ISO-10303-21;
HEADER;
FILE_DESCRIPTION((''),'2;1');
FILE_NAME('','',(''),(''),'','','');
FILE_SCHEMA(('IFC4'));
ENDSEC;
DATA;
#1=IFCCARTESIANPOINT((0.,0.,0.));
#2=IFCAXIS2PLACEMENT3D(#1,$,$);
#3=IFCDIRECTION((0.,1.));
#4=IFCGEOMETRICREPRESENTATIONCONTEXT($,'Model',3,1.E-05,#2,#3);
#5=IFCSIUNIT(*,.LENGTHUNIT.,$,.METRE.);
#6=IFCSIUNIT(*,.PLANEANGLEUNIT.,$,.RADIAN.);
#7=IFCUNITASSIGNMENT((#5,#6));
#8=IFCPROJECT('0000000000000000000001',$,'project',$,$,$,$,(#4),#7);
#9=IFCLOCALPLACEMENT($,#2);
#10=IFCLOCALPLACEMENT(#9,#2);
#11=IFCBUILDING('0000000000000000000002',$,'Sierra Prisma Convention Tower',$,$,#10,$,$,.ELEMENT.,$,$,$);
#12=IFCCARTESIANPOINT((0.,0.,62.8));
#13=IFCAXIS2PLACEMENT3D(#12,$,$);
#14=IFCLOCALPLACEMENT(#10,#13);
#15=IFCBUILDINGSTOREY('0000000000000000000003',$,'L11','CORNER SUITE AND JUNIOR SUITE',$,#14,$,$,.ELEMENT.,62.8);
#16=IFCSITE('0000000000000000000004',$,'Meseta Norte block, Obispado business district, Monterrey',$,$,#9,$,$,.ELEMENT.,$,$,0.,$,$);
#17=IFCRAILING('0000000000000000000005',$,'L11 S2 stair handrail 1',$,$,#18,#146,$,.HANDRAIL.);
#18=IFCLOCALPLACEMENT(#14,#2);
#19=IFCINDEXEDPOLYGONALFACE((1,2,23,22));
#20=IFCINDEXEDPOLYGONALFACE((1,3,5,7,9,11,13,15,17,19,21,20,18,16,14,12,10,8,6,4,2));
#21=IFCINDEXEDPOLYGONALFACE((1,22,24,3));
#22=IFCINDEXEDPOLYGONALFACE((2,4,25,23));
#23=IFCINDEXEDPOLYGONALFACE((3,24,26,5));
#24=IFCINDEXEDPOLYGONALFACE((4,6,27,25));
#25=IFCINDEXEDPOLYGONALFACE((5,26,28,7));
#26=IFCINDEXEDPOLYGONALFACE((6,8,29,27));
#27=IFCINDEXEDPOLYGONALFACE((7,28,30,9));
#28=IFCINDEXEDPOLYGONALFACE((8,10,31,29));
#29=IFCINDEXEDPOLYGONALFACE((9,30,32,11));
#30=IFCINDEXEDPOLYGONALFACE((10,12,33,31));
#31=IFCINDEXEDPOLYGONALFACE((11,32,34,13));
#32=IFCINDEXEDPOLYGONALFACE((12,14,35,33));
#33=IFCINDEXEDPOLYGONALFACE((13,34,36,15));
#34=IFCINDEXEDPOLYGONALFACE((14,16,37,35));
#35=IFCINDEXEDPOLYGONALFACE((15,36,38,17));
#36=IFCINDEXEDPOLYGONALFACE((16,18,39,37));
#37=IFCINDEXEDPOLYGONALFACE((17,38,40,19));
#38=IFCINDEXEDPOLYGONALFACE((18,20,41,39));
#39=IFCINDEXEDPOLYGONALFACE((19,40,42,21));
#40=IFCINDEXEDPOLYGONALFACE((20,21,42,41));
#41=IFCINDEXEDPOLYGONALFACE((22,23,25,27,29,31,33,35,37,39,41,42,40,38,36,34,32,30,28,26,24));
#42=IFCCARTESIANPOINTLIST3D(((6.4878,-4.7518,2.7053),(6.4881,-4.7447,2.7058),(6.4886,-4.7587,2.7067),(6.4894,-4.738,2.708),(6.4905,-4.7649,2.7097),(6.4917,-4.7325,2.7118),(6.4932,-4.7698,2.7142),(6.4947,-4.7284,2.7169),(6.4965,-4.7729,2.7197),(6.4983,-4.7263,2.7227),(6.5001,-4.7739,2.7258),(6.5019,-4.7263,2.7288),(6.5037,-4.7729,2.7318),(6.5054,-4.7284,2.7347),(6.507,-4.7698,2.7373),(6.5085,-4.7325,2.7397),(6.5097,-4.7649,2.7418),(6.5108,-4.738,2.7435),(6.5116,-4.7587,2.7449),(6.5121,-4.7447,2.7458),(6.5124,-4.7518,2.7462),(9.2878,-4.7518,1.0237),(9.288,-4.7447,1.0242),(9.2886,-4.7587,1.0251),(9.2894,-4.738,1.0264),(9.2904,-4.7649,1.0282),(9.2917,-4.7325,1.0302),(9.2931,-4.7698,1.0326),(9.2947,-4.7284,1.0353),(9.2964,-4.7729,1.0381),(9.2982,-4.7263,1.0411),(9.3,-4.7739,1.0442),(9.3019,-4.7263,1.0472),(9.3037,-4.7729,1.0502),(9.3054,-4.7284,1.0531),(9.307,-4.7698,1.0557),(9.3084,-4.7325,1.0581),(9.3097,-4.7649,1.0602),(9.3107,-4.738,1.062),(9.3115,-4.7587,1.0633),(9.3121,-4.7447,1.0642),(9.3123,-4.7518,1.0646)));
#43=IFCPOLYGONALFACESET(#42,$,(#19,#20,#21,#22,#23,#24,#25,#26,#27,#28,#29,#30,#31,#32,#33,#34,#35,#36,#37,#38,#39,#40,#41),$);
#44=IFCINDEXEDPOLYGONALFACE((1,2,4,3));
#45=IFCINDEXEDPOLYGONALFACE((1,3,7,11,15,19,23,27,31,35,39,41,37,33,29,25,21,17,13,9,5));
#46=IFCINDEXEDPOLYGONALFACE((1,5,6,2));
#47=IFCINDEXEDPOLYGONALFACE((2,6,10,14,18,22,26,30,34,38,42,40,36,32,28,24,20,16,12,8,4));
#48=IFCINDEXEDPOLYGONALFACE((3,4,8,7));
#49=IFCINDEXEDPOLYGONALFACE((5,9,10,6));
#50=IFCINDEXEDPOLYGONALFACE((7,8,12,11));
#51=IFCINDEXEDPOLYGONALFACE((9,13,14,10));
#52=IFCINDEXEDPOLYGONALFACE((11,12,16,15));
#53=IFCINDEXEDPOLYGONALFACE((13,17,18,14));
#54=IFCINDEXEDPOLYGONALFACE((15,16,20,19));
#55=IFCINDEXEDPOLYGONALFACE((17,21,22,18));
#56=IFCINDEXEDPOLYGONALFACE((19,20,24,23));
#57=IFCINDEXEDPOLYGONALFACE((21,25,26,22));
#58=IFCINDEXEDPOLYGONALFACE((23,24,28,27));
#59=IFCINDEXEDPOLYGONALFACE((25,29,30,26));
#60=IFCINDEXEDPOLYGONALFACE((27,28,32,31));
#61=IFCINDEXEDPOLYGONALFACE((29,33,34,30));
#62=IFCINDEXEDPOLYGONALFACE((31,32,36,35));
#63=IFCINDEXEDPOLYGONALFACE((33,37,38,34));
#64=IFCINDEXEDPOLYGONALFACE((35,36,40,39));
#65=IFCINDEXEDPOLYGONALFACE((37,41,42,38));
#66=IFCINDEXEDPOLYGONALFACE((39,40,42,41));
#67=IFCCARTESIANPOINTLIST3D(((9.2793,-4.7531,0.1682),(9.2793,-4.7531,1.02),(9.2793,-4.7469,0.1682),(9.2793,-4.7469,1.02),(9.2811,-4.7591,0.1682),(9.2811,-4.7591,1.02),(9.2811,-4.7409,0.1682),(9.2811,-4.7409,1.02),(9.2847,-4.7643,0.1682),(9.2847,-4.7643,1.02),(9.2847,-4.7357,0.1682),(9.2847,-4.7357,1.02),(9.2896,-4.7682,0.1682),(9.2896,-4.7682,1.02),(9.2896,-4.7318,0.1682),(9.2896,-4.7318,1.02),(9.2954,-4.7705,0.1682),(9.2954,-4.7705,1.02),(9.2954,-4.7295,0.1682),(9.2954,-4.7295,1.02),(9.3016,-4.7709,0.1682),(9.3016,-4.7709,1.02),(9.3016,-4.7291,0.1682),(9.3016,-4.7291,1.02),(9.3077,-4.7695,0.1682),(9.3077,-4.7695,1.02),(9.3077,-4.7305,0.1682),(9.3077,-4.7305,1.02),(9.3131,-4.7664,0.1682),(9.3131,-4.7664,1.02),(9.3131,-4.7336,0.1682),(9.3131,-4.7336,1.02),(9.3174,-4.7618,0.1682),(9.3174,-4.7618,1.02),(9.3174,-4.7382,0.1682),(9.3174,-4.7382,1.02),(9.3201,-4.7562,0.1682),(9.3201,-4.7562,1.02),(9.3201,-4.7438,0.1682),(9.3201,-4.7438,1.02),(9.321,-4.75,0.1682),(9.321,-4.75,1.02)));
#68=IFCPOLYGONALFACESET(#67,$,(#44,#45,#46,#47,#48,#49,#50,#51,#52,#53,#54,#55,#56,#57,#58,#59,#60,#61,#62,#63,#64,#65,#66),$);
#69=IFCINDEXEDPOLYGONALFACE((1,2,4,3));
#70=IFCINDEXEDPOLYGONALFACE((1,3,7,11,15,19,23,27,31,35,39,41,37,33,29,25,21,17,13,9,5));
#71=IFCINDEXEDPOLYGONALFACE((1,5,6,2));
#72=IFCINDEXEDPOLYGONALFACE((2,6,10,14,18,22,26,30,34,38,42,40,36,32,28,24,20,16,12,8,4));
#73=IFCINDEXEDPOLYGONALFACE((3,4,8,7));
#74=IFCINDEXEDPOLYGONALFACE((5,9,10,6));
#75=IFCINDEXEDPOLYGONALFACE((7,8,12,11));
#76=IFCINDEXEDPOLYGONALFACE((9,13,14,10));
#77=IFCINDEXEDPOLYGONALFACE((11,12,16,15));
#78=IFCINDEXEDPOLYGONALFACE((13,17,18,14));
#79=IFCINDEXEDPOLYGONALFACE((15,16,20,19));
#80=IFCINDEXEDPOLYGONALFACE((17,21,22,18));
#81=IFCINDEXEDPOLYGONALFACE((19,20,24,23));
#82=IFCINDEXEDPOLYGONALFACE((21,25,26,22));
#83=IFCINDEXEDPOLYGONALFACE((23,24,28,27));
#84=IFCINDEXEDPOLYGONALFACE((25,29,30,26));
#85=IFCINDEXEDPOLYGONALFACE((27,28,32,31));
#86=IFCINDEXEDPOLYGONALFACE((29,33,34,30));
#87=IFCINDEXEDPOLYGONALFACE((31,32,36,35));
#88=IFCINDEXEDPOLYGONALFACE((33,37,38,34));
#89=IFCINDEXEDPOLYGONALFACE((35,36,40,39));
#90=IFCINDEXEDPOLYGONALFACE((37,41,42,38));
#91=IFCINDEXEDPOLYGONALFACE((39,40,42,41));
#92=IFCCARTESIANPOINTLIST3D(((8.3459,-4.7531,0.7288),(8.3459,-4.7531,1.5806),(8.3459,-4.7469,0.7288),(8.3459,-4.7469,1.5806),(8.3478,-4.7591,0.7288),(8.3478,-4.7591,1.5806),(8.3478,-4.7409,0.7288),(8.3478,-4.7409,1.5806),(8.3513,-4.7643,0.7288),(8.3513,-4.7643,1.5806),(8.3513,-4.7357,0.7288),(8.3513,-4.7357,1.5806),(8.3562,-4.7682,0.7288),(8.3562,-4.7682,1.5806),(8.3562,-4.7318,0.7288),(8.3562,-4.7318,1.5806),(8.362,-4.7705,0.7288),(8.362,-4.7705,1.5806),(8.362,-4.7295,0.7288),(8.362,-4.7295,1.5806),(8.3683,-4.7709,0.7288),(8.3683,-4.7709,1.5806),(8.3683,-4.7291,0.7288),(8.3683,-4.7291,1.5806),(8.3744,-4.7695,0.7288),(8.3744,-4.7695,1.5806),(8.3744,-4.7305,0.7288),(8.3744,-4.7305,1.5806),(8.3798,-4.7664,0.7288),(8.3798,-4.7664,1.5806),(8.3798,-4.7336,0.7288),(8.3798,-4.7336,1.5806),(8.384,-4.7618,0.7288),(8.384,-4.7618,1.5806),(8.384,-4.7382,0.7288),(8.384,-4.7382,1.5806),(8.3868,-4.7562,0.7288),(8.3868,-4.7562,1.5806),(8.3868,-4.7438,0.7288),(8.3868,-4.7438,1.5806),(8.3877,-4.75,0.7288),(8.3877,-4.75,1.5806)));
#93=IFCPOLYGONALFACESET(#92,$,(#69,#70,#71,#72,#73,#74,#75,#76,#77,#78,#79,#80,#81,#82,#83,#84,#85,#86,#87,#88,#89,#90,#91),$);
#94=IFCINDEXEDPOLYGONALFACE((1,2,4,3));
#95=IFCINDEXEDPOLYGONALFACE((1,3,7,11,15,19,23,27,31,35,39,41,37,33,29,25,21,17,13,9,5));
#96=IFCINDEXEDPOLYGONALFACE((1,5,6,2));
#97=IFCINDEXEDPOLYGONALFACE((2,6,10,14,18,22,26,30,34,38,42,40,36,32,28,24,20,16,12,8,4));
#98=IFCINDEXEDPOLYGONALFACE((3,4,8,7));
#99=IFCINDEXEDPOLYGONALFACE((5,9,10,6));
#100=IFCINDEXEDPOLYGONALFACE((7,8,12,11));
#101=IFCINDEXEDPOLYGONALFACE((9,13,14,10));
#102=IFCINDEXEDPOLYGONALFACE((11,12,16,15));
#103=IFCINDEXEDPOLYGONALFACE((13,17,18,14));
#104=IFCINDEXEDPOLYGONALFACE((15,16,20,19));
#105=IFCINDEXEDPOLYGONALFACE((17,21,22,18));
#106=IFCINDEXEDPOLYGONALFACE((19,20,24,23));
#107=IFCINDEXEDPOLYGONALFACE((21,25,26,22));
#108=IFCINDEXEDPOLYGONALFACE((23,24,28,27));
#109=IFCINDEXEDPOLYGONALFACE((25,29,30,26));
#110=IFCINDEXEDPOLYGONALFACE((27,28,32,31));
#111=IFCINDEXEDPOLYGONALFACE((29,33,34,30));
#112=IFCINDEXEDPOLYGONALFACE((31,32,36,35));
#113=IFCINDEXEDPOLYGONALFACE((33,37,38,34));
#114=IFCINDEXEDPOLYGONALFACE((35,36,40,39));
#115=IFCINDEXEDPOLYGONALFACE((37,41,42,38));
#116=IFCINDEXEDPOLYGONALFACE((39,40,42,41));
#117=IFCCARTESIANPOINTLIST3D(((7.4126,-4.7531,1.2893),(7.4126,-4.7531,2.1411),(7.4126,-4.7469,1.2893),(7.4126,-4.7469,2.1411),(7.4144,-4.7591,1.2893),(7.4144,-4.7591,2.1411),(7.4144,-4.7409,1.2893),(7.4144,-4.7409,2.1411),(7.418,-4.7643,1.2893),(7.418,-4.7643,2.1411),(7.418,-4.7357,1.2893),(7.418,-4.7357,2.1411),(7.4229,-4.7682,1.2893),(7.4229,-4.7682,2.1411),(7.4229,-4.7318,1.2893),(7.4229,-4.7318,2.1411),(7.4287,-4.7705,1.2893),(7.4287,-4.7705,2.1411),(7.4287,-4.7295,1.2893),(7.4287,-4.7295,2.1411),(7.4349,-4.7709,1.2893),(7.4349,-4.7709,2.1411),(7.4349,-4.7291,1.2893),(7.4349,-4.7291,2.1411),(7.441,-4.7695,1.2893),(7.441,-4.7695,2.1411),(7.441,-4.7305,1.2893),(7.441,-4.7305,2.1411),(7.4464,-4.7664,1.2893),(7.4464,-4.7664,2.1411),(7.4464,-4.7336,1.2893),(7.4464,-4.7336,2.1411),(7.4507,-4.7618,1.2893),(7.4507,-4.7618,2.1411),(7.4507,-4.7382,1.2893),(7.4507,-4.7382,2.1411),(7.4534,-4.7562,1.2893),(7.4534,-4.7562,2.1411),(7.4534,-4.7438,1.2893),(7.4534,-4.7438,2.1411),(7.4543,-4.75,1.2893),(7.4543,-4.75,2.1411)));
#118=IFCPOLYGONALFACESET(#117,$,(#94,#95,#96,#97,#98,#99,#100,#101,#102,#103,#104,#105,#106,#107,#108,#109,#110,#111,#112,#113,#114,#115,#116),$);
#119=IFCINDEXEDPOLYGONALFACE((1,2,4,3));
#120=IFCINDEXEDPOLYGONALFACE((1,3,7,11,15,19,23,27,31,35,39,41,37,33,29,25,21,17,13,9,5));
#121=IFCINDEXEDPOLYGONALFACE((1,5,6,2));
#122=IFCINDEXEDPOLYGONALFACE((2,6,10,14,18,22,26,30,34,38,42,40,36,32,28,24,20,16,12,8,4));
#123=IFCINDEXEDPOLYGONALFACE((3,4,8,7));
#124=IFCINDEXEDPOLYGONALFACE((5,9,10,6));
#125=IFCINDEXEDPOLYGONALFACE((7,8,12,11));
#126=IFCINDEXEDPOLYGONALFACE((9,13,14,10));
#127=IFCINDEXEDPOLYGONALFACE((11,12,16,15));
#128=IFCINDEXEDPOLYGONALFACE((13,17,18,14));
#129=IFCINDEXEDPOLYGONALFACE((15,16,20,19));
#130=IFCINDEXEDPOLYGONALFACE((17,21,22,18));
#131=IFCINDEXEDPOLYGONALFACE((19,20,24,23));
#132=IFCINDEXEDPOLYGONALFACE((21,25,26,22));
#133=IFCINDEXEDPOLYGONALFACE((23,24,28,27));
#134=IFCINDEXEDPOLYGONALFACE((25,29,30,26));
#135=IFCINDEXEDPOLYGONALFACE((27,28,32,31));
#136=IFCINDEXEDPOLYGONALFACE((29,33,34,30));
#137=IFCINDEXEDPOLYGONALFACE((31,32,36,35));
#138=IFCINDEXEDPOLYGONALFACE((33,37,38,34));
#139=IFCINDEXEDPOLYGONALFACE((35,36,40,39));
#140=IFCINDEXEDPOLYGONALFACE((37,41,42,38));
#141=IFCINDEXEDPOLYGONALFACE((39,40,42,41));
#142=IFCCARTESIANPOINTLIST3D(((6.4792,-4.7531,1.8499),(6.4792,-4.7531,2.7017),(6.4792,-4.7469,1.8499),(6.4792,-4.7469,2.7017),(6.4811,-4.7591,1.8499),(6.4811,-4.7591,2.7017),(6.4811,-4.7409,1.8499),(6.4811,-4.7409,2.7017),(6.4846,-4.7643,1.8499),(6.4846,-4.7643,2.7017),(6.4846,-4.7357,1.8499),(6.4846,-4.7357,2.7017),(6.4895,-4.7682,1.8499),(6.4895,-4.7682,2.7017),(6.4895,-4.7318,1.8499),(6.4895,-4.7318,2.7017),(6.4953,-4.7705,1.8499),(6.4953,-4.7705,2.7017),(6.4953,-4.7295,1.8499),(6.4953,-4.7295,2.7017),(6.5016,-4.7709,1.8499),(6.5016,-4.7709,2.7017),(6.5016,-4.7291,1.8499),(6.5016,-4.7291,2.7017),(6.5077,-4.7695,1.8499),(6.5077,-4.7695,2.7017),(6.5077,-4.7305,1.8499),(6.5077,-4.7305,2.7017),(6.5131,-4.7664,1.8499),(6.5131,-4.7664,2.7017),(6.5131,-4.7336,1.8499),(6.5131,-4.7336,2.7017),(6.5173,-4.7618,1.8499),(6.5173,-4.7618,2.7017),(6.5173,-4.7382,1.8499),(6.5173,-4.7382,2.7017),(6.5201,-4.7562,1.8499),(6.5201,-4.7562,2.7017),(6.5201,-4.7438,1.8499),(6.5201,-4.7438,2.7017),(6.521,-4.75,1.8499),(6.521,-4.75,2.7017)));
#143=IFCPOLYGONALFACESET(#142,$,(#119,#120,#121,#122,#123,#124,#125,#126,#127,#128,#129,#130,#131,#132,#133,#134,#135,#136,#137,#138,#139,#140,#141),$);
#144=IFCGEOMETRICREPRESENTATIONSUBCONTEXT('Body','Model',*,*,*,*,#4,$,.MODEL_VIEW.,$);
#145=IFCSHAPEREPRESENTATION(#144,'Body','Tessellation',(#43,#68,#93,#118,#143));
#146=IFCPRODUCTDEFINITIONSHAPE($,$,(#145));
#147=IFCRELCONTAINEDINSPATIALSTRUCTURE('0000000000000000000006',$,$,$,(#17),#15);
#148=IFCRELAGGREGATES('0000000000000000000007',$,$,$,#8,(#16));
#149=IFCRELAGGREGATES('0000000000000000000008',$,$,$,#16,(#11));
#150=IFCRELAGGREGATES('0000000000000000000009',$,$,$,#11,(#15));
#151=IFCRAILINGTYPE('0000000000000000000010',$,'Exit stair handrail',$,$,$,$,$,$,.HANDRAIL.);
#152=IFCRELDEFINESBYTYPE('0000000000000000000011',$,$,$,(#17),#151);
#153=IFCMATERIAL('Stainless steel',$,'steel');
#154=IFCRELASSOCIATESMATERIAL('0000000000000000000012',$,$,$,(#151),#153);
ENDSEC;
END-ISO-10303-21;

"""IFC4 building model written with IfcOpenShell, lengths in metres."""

from ifc_helpers import new_model, si_unit, direction, frame, origin, origin_2d, place, context, subcontext, project, spatial, circle, extrude, material, type_object, element, save


model = new_model("IFC4")

# Units and contexts
model_context = context("Model", 3, precision=1e-05, world=origin(), true_north=direction((0.0, 1.0)))
body_context = subcontext(model_context, "Body", "Model", "MODEL_VIEW")
ifc_project = project(units=[si_unit("LENGTHUNIT", "METRE"), si_unit("PLANEANGLEUNIT", "RADIAN")], contexts=[model_context])

# Site, building, storey
site_placement = place(None, origin())
site = spatial("IfcSite", under=ifc_project, at=site_placement, Name="Meseta Norte block, Obispado business district, Monterrey", CompositionType="ELEMENT", RefElevation=0.0)
building_placement = place(site_placement, origin())
building = spatial("IfcBuilding", under=site, at=building_placement, Name="Sierra Prisma Convention Tower", CompositionType="ELEMENT")
storey_placement = place(building_placement, frame((0.0, 0.0, 62.8)))
storey = spatial("IfcBuildingStorey", under=building, at=storey_placement, Name="L11", Description="CORNER SUITE AND JUNIOR SUITE", CompositionType="ELEMENT", Elevation=62.8)

# Railing
ifc_material_1 = material(Name="Stainless steel", Category="steel")
railing_type_1 = type_object("IfcRailingType", Name="Exit stair handrail", PredefinedType="HANDRAIL", material=ifc_material_1)
railing_1_placement = place(storey_placement, frame((9.3, -4.75, 0.1682)))
element("IfcRailing", 1, at=railing_1_placement, inside=storey, type_object=railing_type_1, Name="L11 S2 stair handrail 1", PredefinedType="HANDRAIL", context=body_context, shape_type="SweptSolid", body=[
    extrude(circle(Radius=0.0239, at=origin_2d()), frame((0.0, 0.0, 0.876), z_axis=(-0.857275, 0.0, 0.514858), x_axis=(0.0, -1.0, 0.0)), (0.0, 0.0, 1.0), 3.2661),
    extrude(circle(Radius=0.021, at=origin_2d()), origin(), (0.0, 0.0, 1.0), 0.8518),
    extrude(circle(Radius=0.021, at=origin_2d()), frame((-0.9333, 0.0, 0.5605)), (0.0, 0.0, 1.0), 0.8518),
    extrude(circle(Radius=0.021, at=origin_2d()), frame((-1.8667, 0.0, 1.1211)), (0.0, 0.0, 1.0), 0.8518),
    extrude(circle(Radius=0.021, at=origin_2d()), frame((-2.8, 0.0, 1.6816)), (0.0, 0.0, 1.0), 0.8518),
])

save(model, "model.ifc")
